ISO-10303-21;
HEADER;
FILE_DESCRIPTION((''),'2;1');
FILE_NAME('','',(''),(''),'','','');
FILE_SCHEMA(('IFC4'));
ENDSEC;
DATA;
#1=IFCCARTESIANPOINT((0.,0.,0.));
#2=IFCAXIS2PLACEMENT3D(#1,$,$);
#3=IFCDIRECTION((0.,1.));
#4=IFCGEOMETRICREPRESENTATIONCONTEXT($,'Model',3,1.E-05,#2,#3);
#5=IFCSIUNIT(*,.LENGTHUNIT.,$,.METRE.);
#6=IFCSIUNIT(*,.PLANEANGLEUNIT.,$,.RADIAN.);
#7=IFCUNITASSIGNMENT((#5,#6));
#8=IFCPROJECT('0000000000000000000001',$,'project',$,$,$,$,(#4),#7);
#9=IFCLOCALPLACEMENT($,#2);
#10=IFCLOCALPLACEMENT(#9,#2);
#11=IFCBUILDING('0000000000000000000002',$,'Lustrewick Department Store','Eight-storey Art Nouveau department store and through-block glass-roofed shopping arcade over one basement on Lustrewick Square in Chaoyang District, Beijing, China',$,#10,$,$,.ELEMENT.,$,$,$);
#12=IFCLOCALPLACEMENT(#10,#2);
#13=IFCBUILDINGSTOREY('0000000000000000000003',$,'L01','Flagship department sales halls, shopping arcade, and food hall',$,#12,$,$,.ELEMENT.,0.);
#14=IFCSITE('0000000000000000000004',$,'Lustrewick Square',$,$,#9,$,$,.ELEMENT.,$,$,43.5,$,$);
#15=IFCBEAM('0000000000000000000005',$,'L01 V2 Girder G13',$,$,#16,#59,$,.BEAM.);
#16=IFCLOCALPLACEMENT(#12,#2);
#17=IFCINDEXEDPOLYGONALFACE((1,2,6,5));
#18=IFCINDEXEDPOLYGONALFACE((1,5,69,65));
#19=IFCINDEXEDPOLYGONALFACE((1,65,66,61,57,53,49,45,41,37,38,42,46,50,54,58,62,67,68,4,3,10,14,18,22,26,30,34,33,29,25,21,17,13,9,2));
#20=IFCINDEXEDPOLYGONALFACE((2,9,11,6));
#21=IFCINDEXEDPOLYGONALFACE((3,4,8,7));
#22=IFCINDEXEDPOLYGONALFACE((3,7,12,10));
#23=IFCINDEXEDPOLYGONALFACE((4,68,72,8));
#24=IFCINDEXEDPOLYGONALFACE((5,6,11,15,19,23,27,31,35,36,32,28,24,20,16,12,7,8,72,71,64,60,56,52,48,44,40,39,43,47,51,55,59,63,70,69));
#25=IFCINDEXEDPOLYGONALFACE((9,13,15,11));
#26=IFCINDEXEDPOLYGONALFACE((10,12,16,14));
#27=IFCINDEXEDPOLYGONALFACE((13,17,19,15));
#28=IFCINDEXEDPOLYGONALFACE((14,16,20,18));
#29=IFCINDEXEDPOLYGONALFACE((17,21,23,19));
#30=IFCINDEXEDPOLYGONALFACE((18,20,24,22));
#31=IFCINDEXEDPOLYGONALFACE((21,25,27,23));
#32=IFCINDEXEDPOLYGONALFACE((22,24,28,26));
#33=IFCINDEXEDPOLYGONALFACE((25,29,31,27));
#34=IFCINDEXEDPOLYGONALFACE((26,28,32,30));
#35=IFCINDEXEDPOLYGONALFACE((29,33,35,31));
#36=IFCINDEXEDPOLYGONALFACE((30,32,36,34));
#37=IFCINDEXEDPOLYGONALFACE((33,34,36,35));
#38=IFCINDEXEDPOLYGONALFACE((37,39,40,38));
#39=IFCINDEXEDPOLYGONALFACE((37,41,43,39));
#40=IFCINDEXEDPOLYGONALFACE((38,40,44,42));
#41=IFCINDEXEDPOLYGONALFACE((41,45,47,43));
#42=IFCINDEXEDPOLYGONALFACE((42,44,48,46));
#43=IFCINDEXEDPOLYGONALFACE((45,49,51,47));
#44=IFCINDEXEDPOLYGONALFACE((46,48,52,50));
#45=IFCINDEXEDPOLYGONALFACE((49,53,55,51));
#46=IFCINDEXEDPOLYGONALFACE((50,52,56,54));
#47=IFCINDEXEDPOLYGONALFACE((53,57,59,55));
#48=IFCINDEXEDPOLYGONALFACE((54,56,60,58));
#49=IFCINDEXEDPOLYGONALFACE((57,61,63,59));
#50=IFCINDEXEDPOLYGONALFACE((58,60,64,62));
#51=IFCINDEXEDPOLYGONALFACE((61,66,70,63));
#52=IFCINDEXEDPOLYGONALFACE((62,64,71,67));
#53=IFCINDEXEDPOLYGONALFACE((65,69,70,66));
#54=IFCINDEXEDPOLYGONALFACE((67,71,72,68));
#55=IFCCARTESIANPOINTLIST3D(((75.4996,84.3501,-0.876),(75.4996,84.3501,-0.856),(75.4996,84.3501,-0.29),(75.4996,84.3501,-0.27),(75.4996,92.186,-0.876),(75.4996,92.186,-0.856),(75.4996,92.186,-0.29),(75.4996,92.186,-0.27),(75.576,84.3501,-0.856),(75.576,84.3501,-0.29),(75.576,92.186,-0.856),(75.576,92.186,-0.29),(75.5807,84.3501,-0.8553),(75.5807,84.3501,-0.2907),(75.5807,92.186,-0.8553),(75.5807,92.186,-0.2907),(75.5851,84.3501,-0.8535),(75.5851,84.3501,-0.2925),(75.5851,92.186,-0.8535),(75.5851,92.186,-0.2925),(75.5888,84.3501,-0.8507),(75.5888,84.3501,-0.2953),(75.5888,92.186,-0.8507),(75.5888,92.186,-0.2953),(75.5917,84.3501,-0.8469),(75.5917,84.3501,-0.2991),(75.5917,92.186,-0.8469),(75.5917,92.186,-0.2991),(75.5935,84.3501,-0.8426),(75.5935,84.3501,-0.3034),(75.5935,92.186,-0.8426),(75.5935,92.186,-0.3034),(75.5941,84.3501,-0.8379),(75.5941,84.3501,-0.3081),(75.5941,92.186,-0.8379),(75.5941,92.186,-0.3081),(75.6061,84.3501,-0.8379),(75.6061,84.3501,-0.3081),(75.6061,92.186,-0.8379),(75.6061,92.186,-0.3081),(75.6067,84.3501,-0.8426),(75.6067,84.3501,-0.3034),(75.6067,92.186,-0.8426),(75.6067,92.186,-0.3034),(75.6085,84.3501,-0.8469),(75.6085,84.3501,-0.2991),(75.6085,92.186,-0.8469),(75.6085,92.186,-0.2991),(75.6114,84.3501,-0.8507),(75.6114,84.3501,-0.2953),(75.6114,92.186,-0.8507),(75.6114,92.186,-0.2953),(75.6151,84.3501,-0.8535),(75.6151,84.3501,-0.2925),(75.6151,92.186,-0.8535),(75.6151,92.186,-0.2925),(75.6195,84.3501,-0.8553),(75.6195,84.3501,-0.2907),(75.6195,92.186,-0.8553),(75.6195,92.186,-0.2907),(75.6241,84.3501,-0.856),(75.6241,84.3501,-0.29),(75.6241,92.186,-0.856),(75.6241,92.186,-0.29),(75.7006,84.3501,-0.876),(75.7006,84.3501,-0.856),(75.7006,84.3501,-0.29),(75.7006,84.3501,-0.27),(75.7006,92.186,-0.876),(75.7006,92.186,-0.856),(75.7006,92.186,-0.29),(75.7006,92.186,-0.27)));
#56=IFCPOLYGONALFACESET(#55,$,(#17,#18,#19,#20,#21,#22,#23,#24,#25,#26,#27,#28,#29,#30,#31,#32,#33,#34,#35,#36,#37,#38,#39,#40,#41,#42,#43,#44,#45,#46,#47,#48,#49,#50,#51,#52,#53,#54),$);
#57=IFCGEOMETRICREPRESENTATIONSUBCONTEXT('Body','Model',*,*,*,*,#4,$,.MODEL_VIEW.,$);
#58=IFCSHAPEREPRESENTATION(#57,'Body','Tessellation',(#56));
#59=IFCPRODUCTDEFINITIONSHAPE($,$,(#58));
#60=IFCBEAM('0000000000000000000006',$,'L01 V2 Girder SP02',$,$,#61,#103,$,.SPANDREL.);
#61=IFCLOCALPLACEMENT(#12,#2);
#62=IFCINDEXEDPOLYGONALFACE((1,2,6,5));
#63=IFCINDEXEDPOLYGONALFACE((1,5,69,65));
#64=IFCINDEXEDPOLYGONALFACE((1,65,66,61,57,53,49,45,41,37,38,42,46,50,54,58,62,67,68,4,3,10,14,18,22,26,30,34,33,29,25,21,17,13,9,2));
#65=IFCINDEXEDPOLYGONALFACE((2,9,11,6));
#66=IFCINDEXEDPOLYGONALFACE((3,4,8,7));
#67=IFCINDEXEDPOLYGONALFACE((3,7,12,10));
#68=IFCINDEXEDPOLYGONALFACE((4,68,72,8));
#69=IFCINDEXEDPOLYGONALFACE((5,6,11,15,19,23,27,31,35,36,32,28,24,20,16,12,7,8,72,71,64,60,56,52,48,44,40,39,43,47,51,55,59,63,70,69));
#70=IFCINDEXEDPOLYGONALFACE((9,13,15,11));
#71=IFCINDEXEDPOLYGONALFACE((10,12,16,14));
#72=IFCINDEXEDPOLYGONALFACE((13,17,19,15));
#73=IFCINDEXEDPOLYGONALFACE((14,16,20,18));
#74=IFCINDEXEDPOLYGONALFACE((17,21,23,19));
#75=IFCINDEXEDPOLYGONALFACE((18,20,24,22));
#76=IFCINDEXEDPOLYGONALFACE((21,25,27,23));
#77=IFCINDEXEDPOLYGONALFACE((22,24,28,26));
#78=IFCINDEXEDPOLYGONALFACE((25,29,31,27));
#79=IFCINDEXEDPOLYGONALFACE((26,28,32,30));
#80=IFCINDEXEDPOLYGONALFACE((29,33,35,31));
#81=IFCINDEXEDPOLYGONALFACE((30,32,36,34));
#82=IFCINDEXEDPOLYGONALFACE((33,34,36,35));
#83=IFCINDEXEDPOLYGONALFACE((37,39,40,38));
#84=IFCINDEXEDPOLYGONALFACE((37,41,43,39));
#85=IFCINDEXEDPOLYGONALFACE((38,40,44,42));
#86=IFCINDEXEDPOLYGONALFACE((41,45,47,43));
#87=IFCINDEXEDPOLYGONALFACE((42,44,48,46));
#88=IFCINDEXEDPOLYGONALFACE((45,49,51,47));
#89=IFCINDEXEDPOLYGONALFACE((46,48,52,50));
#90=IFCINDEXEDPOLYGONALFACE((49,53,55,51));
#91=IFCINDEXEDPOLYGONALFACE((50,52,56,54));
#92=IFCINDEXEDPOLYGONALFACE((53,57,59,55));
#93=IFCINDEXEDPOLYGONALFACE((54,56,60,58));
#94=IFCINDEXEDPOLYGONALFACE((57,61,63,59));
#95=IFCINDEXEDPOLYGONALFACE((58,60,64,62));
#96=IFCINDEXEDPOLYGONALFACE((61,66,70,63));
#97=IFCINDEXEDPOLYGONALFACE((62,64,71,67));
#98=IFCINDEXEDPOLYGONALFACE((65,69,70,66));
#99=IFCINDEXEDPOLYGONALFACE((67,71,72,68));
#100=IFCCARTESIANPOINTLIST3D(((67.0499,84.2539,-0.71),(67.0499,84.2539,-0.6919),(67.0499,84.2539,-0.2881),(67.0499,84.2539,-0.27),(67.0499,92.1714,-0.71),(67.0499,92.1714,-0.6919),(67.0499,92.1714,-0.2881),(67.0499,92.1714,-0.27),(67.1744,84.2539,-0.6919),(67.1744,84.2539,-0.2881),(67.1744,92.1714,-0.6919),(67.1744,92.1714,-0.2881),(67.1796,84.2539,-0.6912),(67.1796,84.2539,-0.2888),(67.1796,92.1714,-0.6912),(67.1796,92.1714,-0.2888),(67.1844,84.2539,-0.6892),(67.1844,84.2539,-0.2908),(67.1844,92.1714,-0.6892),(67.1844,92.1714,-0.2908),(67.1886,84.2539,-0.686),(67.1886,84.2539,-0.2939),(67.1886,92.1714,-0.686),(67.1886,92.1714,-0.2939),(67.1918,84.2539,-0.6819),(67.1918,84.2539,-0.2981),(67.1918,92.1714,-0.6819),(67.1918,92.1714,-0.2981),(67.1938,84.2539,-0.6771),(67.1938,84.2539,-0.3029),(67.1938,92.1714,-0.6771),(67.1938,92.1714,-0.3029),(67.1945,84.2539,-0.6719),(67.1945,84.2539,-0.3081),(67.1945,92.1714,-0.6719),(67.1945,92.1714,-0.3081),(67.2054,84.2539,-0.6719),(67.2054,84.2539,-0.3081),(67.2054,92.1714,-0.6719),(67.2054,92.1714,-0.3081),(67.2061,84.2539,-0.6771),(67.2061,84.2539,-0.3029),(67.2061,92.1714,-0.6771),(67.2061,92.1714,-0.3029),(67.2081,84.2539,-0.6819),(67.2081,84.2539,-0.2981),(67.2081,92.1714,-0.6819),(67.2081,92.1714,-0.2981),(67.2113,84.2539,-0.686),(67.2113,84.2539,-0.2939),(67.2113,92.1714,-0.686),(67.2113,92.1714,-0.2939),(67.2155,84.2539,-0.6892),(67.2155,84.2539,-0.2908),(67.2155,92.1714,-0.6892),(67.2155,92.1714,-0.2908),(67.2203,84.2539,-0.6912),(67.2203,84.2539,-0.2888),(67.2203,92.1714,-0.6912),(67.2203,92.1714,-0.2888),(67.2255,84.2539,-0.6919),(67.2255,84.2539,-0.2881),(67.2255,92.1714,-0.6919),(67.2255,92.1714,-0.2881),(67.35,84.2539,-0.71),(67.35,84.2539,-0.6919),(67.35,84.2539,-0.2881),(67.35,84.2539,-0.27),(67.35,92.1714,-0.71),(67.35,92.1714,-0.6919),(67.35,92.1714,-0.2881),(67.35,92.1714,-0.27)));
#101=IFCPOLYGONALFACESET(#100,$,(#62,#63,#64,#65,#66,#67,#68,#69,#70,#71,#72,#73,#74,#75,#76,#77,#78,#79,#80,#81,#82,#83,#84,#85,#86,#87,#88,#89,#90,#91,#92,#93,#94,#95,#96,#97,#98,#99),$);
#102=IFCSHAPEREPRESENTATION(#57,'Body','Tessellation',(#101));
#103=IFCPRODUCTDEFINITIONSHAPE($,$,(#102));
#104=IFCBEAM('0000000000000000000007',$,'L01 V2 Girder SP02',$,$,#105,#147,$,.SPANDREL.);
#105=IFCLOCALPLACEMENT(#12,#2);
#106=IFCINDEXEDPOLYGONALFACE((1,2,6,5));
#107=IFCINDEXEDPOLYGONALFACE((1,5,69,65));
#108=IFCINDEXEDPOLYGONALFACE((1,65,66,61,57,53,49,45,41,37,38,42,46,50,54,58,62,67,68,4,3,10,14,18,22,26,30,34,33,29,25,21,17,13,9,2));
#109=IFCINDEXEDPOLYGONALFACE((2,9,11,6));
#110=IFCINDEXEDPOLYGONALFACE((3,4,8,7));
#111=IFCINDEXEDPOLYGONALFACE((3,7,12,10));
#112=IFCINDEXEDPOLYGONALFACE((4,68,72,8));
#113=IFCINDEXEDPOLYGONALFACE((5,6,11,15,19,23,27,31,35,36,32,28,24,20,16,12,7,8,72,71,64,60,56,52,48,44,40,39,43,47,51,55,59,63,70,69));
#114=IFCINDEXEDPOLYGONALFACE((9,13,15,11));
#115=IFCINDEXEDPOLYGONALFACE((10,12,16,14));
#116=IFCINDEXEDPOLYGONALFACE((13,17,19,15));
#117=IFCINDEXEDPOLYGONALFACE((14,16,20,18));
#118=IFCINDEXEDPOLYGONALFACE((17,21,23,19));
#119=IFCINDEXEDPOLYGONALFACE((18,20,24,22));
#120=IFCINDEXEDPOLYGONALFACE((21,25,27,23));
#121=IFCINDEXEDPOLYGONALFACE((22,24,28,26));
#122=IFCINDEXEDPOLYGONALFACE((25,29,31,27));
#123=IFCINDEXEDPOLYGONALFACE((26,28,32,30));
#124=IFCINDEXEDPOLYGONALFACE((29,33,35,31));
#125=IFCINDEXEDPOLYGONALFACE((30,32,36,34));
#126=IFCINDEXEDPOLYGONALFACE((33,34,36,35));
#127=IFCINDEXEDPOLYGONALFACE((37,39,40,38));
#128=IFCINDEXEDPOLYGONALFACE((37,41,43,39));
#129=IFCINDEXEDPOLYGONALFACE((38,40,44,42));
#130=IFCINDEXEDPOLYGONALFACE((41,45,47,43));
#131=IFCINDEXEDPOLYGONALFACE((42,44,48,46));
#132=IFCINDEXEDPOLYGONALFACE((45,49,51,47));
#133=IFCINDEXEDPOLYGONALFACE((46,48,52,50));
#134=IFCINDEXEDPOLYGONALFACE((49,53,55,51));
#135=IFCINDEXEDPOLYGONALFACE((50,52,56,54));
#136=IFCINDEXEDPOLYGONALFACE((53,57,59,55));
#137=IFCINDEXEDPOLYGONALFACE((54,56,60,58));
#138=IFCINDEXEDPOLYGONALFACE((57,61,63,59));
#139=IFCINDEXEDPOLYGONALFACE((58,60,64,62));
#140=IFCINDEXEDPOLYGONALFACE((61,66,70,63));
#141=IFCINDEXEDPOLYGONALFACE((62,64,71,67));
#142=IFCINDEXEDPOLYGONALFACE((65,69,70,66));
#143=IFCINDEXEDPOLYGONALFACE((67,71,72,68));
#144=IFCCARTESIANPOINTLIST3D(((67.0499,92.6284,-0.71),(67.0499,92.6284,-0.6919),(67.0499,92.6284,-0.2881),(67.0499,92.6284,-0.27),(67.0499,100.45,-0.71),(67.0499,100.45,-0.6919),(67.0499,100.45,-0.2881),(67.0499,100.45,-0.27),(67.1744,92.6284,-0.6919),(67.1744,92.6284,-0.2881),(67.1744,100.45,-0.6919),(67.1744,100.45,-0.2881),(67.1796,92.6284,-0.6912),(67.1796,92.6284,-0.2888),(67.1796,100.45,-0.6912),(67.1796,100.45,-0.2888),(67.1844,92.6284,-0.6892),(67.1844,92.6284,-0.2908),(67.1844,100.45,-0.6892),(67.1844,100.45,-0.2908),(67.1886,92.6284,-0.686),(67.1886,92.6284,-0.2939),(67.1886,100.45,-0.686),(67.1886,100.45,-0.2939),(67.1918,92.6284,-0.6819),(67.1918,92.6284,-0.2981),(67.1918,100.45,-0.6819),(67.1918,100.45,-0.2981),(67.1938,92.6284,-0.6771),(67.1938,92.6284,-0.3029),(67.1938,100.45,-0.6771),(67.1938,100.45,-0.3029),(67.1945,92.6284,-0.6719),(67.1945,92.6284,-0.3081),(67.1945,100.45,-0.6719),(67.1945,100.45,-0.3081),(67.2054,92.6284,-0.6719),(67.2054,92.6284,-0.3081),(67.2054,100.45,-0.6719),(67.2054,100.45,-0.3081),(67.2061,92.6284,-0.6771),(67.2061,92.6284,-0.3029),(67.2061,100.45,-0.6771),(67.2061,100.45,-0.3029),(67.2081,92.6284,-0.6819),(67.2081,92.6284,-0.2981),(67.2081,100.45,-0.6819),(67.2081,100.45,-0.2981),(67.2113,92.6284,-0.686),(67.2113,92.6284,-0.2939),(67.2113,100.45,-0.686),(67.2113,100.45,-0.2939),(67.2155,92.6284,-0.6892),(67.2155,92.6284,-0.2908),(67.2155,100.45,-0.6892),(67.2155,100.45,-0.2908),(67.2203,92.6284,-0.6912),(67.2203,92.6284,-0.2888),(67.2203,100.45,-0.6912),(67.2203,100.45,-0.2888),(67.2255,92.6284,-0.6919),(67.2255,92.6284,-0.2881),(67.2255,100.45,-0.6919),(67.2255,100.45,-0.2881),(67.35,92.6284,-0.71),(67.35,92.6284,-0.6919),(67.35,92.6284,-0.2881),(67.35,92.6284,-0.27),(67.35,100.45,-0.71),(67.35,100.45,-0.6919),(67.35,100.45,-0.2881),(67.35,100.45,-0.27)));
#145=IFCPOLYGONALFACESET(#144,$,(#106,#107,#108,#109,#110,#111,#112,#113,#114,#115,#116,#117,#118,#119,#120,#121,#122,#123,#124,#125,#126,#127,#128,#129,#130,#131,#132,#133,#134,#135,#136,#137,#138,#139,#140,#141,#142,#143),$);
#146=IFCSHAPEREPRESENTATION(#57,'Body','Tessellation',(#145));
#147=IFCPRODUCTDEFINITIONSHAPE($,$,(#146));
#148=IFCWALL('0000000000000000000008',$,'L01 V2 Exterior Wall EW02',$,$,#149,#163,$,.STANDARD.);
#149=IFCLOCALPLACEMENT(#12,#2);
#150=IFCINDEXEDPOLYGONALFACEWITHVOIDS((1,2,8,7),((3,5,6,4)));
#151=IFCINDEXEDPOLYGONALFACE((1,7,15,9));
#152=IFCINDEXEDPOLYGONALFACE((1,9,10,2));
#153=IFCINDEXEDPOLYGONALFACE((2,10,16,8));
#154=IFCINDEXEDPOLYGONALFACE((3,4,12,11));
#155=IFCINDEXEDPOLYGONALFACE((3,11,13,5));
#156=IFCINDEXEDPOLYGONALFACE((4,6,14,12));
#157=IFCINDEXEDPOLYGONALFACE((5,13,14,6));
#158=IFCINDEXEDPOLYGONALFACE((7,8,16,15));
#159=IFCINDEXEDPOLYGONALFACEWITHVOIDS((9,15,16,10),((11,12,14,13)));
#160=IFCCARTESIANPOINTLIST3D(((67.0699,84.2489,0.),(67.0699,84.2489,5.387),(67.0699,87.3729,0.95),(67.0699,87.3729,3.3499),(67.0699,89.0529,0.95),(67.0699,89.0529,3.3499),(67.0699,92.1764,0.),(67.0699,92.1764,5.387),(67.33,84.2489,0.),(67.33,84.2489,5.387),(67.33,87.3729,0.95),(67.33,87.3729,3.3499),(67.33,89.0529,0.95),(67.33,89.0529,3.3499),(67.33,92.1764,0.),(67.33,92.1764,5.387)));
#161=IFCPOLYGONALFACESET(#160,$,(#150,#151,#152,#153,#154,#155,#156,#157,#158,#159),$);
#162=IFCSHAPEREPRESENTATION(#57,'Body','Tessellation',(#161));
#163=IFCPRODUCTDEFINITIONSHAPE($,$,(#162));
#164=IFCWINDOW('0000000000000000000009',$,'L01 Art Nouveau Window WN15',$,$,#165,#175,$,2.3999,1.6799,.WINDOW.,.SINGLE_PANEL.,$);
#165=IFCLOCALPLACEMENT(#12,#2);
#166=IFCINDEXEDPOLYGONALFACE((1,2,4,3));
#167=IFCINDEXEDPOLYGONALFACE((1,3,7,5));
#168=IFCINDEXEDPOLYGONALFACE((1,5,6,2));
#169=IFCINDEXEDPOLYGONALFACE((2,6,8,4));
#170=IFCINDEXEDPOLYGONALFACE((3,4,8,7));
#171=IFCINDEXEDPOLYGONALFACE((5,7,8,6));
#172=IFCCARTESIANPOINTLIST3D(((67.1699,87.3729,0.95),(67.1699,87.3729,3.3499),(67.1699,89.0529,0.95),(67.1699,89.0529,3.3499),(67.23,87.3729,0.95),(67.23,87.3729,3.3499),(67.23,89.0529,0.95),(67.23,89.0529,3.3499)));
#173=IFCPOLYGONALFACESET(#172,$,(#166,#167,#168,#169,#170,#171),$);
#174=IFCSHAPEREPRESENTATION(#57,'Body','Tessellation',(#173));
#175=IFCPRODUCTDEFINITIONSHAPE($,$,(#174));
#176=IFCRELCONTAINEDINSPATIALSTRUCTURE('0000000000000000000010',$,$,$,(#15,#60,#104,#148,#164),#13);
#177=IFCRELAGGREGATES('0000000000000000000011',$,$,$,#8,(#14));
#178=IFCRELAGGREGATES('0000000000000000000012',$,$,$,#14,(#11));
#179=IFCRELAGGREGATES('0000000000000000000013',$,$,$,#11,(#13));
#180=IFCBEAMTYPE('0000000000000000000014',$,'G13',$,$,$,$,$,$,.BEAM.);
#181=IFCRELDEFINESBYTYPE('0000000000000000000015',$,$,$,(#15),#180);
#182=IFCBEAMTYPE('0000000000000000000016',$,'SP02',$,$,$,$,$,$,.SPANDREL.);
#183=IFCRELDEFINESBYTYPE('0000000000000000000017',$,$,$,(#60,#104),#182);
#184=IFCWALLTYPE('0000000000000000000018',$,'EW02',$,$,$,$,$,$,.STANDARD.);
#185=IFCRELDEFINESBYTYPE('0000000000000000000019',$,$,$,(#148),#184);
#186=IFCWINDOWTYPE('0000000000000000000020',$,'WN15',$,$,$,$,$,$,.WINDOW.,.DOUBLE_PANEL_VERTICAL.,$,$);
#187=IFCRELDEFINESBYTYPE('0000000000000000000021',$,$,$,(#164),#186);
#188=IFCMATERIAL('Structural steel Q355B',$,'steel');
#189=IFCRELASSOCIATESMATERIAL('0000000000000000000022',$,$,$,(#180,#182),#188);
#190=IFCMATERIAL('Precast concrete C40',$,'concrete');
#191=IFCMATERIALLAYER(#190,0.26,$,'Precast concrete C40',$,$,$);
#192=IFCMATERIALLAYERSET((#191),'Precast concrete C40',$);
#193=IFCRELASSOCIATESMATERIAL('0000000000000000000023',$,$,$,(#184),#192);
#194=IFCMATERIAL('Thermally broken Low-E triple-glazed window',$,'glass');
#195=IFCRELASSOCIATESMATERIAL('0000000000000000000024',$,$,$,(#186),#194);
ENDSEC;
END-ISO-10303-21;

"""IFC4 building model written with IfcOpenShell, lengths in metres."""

from ifc_helpers import new_model, si_unit, direction, frame, frame_2d, origin, origin_2d, place, context, subcontext, project, spatial, rectangle, i_section, extrude, material, layer, layer_set, material_profile, profile_set, type_object, element, fill, save


model = new_model("IFC4")

# Units and contexts
model_context = context("Model", 3, precision=1e-05, world=origin(), true_north=direction((0.0, 1.0)))
body_context = subcontext(model_context, "Body", "Model", "MODEL_VIEW")
ifc_project = project(units=[si_unit("LENGTHUNIT", "METRE"), si_unit("PLANEANGLEUNIT", "RADIAN")], contexts=[model_context])

# Site, building, storey
site_placement = place(None, origin())
site = spatial("IfcSite", under=ifc_project, at=site_placement, Name="Lustrewick Square", CompositionType="ELEMENT", RefElevation=43.5)
building_placement = place(site_placement, origin())
building = spatial("IfcBuilding", under=site, at=building_placement, Name="Lustrewick Department Store", Description="Eight-storey Art Nouveau department store and through-block glass-roofed shopping arcade over one basement on Lustrewick Square in Chaoyang District, Beijing, China", CompositionType="ELEMENT")
storey_placement = place(building_placement, origin())
storey = spatial("IfcBuildingStorey", under=building, at=storey_placement, Name="L01", Description="Flagship department sales halls, shopping arcade, and food hall", CompositionType="ELEMENT", Elevation=0.0)

# Beams
ifc_material_1 = material(Name="Structural steel Q355B", Category="steel")
ifc_material_profile_1 = material_profile(ifc_material_1, i_section(OverallWidth=0.2009, OverallDepth=0.606, WebThickness=0.012, FlangeThickness=0.02, FilletRadius=0.0181, at=origin_2d()), Name="HN 606x201x12x20")
ifc_profile_set_1 = profile_set([ifc_material_profile_1], Name="Structural steel Q355B")
beam_type_1 = type_object("IfcBeamType", Name="G13", PredefinedType="BEAM", material=ifc_profile_set_1)
beam_1_placement = place(storey_placement, frame((75.6001, 84.3501, -0.573), z_axis=(0.0, 1.0, 0.0), x_axis=(-1.0, 0.0, 0.0)))
element("IfcBeam", 1, at=beam_1_placement, inside=storey, type_object=beam_type_1, Name="L01 V2 Girder G13", PredefinedType="BEAM", context=body_context, shape_type="SweptSolid", body=[
    extrude(i_section(OverallWidth=0.2009, OverallDepth=0.606, WebThickness=0.012, FlangeThickness=0.02, FilletRadius=0.0181, at=origin_2d()), origin(), (0.0, 0.0, 1.0), 7.8359),
])
ifc_material_profile_2 = material_profile(ifc_material_1, i_section(OverallWidth=0.3, OverallDepth=0.4399, WebThickness=0.011, FlangeThickness=0.0181, FilletRadius=0.02, at=origin_2d()), Name="HM 440x300x11x18")
ifc_profile_set_2 = profile_set([ifc_material_profile_2], Name="Structural steel Q355B")
beam_type_2 = type_object("IfcBeamType", Name="SP02", PredefinedType="SPANDREL", material=ifc_profile_set_2)
beam_2_placement = place(storey_placement, frame((67.2, 84.2539, -0.49), z_axis=(0.0, 1.0, 0.0), x_axis=(-1.0, 0.0, 0.0)))
element("IfcBeam", 2, at=beam_2_placement, inside=storey, type_object=beam_type_2, Name="L01 V2 Girder SP02", PredefinedType="SPANDREL", context=body_context, shape_type="SweptSolid", body=[
    extrude(i_section(OverallWidth=0.3, OverallDepth=0.4399, WebThickness=0.011, FlangeThickness=0.0181, FilletRadius=0.02, at=origin_2d()), origin(), (0.0, 0.0, 1.0), 7.9175),
])
beam_3_placement = place(storey_placement, frame((67.2, 92.6284, -0.49), z_axis=(0.0, 1.0, 0.0), x_axis=(-1.0, 0.0, 0.0)))
element("IfcBeam", 3, at=beam_3_placement, inside=storey, type_object=beam_type_2, Name="L01 V2 Girder SP02", PredefinedType="SPANDREL", context=body_context, shape_type="SweptSolid", body=[
    extrude(i_section(OverallWidth=0.3, OverallDepth=0.4399, WebThickness=0.011, FlangeThickness=0.0181, FilletRadius=0.02, at=origin_2d()), origin(), (0.0, 0.0, 1.0), 7.8215),
])

# Wall, opening, window
ifc_material_2 = material(Name="Precast concrete C40", Category="concrete")
ifc_layer_1 = layer(ifc_material_2, 0.26, Name="Precast concrete C40")
ifc_layer_set_1 = layer_set([ifc_layer_1], Name="Precast concrete C40")
wall_type_1 = type_object("IfcWallType", Name="EW02", PredefinedType="STANDARD", material=ifc_layer_set_1)
wall_1_placement = place(storey_placement, frame((67.2, 92.1765, 0.0), z_axis=(0.0, 0.0, 1.0), x_axis=(0.0, -1.0, 0.0)))
wall_1 = element("IfcWall", 4, at=wall_1_placement, inside=storey, type_object=wall_type_1, Name="L01 V2 Exterior Wall EW02", PredefinedType="STANDARD", context=body_context, shape_type="SweptSolid", body=[
    extrude(rectangle(XDim=7.9275, YDim=0.26, at=frame_2d((3.9639, 0.0))), origin(), (0.0, 0.0, 1.0), 5.387),
])
opening_1_placement = place(wall_1_placement, frame((3.1238, 0.0, 0.95)))
opening_1 = element("IfcOpeningElement", 5, at=opening_1_placement, cuts=wall_1, PredefinedType="OPENING", context=body_context, shape_type="SweptSolid", body=[
    extrude(rectangle(XDim=1.6799, YDim=2.3999, at=frame_2d((0.8398, 1.2))), frame((0.0, 0.1401, 0.0), z_axis=(0.0, -1.0, 0.0), x_axis=(1.0, 0.0, 0.0)), (0.0, 0.0, 1.0), 0.28),
])
ifc_material_3 = material(Name="Thermally broken Low-E triple-glazed window", Category="glass")
window_type = type_object("IfcWindowType", Name="WN15", PartitioningType="DOUBLE_PANEL_VERTICAL", PredefinedType="WINDOW", material=ifc_material_3)
window_placement = place(opening_1_placement, origin())
window = element("IfcWindow", 6, at=window_placement, inside=storey, type_object=window_type, Name="L01 Art Nouveau Window WN15", OverallHeight=2.3999, OverallWidth=1.6799, PartitioningType="SINGLE_PANEL", PredefinedType="WINDOW", context=body_context, shape_type="SweptSolid", body=[
    extrude(rectangle(XDim=1.6799, YDim=2.3999, at=frame_2d((0.8398, 1.2))), frame((0.0, 0.03, 0.0), z_axis=(0.0, -1.0, 0.0), x_axis=(1.0, 0.0, 0.0)), (0.0, 0.0, 1.0), 0.0601),
])
fill(opening_1, window)

save(model, "model.ifc")
